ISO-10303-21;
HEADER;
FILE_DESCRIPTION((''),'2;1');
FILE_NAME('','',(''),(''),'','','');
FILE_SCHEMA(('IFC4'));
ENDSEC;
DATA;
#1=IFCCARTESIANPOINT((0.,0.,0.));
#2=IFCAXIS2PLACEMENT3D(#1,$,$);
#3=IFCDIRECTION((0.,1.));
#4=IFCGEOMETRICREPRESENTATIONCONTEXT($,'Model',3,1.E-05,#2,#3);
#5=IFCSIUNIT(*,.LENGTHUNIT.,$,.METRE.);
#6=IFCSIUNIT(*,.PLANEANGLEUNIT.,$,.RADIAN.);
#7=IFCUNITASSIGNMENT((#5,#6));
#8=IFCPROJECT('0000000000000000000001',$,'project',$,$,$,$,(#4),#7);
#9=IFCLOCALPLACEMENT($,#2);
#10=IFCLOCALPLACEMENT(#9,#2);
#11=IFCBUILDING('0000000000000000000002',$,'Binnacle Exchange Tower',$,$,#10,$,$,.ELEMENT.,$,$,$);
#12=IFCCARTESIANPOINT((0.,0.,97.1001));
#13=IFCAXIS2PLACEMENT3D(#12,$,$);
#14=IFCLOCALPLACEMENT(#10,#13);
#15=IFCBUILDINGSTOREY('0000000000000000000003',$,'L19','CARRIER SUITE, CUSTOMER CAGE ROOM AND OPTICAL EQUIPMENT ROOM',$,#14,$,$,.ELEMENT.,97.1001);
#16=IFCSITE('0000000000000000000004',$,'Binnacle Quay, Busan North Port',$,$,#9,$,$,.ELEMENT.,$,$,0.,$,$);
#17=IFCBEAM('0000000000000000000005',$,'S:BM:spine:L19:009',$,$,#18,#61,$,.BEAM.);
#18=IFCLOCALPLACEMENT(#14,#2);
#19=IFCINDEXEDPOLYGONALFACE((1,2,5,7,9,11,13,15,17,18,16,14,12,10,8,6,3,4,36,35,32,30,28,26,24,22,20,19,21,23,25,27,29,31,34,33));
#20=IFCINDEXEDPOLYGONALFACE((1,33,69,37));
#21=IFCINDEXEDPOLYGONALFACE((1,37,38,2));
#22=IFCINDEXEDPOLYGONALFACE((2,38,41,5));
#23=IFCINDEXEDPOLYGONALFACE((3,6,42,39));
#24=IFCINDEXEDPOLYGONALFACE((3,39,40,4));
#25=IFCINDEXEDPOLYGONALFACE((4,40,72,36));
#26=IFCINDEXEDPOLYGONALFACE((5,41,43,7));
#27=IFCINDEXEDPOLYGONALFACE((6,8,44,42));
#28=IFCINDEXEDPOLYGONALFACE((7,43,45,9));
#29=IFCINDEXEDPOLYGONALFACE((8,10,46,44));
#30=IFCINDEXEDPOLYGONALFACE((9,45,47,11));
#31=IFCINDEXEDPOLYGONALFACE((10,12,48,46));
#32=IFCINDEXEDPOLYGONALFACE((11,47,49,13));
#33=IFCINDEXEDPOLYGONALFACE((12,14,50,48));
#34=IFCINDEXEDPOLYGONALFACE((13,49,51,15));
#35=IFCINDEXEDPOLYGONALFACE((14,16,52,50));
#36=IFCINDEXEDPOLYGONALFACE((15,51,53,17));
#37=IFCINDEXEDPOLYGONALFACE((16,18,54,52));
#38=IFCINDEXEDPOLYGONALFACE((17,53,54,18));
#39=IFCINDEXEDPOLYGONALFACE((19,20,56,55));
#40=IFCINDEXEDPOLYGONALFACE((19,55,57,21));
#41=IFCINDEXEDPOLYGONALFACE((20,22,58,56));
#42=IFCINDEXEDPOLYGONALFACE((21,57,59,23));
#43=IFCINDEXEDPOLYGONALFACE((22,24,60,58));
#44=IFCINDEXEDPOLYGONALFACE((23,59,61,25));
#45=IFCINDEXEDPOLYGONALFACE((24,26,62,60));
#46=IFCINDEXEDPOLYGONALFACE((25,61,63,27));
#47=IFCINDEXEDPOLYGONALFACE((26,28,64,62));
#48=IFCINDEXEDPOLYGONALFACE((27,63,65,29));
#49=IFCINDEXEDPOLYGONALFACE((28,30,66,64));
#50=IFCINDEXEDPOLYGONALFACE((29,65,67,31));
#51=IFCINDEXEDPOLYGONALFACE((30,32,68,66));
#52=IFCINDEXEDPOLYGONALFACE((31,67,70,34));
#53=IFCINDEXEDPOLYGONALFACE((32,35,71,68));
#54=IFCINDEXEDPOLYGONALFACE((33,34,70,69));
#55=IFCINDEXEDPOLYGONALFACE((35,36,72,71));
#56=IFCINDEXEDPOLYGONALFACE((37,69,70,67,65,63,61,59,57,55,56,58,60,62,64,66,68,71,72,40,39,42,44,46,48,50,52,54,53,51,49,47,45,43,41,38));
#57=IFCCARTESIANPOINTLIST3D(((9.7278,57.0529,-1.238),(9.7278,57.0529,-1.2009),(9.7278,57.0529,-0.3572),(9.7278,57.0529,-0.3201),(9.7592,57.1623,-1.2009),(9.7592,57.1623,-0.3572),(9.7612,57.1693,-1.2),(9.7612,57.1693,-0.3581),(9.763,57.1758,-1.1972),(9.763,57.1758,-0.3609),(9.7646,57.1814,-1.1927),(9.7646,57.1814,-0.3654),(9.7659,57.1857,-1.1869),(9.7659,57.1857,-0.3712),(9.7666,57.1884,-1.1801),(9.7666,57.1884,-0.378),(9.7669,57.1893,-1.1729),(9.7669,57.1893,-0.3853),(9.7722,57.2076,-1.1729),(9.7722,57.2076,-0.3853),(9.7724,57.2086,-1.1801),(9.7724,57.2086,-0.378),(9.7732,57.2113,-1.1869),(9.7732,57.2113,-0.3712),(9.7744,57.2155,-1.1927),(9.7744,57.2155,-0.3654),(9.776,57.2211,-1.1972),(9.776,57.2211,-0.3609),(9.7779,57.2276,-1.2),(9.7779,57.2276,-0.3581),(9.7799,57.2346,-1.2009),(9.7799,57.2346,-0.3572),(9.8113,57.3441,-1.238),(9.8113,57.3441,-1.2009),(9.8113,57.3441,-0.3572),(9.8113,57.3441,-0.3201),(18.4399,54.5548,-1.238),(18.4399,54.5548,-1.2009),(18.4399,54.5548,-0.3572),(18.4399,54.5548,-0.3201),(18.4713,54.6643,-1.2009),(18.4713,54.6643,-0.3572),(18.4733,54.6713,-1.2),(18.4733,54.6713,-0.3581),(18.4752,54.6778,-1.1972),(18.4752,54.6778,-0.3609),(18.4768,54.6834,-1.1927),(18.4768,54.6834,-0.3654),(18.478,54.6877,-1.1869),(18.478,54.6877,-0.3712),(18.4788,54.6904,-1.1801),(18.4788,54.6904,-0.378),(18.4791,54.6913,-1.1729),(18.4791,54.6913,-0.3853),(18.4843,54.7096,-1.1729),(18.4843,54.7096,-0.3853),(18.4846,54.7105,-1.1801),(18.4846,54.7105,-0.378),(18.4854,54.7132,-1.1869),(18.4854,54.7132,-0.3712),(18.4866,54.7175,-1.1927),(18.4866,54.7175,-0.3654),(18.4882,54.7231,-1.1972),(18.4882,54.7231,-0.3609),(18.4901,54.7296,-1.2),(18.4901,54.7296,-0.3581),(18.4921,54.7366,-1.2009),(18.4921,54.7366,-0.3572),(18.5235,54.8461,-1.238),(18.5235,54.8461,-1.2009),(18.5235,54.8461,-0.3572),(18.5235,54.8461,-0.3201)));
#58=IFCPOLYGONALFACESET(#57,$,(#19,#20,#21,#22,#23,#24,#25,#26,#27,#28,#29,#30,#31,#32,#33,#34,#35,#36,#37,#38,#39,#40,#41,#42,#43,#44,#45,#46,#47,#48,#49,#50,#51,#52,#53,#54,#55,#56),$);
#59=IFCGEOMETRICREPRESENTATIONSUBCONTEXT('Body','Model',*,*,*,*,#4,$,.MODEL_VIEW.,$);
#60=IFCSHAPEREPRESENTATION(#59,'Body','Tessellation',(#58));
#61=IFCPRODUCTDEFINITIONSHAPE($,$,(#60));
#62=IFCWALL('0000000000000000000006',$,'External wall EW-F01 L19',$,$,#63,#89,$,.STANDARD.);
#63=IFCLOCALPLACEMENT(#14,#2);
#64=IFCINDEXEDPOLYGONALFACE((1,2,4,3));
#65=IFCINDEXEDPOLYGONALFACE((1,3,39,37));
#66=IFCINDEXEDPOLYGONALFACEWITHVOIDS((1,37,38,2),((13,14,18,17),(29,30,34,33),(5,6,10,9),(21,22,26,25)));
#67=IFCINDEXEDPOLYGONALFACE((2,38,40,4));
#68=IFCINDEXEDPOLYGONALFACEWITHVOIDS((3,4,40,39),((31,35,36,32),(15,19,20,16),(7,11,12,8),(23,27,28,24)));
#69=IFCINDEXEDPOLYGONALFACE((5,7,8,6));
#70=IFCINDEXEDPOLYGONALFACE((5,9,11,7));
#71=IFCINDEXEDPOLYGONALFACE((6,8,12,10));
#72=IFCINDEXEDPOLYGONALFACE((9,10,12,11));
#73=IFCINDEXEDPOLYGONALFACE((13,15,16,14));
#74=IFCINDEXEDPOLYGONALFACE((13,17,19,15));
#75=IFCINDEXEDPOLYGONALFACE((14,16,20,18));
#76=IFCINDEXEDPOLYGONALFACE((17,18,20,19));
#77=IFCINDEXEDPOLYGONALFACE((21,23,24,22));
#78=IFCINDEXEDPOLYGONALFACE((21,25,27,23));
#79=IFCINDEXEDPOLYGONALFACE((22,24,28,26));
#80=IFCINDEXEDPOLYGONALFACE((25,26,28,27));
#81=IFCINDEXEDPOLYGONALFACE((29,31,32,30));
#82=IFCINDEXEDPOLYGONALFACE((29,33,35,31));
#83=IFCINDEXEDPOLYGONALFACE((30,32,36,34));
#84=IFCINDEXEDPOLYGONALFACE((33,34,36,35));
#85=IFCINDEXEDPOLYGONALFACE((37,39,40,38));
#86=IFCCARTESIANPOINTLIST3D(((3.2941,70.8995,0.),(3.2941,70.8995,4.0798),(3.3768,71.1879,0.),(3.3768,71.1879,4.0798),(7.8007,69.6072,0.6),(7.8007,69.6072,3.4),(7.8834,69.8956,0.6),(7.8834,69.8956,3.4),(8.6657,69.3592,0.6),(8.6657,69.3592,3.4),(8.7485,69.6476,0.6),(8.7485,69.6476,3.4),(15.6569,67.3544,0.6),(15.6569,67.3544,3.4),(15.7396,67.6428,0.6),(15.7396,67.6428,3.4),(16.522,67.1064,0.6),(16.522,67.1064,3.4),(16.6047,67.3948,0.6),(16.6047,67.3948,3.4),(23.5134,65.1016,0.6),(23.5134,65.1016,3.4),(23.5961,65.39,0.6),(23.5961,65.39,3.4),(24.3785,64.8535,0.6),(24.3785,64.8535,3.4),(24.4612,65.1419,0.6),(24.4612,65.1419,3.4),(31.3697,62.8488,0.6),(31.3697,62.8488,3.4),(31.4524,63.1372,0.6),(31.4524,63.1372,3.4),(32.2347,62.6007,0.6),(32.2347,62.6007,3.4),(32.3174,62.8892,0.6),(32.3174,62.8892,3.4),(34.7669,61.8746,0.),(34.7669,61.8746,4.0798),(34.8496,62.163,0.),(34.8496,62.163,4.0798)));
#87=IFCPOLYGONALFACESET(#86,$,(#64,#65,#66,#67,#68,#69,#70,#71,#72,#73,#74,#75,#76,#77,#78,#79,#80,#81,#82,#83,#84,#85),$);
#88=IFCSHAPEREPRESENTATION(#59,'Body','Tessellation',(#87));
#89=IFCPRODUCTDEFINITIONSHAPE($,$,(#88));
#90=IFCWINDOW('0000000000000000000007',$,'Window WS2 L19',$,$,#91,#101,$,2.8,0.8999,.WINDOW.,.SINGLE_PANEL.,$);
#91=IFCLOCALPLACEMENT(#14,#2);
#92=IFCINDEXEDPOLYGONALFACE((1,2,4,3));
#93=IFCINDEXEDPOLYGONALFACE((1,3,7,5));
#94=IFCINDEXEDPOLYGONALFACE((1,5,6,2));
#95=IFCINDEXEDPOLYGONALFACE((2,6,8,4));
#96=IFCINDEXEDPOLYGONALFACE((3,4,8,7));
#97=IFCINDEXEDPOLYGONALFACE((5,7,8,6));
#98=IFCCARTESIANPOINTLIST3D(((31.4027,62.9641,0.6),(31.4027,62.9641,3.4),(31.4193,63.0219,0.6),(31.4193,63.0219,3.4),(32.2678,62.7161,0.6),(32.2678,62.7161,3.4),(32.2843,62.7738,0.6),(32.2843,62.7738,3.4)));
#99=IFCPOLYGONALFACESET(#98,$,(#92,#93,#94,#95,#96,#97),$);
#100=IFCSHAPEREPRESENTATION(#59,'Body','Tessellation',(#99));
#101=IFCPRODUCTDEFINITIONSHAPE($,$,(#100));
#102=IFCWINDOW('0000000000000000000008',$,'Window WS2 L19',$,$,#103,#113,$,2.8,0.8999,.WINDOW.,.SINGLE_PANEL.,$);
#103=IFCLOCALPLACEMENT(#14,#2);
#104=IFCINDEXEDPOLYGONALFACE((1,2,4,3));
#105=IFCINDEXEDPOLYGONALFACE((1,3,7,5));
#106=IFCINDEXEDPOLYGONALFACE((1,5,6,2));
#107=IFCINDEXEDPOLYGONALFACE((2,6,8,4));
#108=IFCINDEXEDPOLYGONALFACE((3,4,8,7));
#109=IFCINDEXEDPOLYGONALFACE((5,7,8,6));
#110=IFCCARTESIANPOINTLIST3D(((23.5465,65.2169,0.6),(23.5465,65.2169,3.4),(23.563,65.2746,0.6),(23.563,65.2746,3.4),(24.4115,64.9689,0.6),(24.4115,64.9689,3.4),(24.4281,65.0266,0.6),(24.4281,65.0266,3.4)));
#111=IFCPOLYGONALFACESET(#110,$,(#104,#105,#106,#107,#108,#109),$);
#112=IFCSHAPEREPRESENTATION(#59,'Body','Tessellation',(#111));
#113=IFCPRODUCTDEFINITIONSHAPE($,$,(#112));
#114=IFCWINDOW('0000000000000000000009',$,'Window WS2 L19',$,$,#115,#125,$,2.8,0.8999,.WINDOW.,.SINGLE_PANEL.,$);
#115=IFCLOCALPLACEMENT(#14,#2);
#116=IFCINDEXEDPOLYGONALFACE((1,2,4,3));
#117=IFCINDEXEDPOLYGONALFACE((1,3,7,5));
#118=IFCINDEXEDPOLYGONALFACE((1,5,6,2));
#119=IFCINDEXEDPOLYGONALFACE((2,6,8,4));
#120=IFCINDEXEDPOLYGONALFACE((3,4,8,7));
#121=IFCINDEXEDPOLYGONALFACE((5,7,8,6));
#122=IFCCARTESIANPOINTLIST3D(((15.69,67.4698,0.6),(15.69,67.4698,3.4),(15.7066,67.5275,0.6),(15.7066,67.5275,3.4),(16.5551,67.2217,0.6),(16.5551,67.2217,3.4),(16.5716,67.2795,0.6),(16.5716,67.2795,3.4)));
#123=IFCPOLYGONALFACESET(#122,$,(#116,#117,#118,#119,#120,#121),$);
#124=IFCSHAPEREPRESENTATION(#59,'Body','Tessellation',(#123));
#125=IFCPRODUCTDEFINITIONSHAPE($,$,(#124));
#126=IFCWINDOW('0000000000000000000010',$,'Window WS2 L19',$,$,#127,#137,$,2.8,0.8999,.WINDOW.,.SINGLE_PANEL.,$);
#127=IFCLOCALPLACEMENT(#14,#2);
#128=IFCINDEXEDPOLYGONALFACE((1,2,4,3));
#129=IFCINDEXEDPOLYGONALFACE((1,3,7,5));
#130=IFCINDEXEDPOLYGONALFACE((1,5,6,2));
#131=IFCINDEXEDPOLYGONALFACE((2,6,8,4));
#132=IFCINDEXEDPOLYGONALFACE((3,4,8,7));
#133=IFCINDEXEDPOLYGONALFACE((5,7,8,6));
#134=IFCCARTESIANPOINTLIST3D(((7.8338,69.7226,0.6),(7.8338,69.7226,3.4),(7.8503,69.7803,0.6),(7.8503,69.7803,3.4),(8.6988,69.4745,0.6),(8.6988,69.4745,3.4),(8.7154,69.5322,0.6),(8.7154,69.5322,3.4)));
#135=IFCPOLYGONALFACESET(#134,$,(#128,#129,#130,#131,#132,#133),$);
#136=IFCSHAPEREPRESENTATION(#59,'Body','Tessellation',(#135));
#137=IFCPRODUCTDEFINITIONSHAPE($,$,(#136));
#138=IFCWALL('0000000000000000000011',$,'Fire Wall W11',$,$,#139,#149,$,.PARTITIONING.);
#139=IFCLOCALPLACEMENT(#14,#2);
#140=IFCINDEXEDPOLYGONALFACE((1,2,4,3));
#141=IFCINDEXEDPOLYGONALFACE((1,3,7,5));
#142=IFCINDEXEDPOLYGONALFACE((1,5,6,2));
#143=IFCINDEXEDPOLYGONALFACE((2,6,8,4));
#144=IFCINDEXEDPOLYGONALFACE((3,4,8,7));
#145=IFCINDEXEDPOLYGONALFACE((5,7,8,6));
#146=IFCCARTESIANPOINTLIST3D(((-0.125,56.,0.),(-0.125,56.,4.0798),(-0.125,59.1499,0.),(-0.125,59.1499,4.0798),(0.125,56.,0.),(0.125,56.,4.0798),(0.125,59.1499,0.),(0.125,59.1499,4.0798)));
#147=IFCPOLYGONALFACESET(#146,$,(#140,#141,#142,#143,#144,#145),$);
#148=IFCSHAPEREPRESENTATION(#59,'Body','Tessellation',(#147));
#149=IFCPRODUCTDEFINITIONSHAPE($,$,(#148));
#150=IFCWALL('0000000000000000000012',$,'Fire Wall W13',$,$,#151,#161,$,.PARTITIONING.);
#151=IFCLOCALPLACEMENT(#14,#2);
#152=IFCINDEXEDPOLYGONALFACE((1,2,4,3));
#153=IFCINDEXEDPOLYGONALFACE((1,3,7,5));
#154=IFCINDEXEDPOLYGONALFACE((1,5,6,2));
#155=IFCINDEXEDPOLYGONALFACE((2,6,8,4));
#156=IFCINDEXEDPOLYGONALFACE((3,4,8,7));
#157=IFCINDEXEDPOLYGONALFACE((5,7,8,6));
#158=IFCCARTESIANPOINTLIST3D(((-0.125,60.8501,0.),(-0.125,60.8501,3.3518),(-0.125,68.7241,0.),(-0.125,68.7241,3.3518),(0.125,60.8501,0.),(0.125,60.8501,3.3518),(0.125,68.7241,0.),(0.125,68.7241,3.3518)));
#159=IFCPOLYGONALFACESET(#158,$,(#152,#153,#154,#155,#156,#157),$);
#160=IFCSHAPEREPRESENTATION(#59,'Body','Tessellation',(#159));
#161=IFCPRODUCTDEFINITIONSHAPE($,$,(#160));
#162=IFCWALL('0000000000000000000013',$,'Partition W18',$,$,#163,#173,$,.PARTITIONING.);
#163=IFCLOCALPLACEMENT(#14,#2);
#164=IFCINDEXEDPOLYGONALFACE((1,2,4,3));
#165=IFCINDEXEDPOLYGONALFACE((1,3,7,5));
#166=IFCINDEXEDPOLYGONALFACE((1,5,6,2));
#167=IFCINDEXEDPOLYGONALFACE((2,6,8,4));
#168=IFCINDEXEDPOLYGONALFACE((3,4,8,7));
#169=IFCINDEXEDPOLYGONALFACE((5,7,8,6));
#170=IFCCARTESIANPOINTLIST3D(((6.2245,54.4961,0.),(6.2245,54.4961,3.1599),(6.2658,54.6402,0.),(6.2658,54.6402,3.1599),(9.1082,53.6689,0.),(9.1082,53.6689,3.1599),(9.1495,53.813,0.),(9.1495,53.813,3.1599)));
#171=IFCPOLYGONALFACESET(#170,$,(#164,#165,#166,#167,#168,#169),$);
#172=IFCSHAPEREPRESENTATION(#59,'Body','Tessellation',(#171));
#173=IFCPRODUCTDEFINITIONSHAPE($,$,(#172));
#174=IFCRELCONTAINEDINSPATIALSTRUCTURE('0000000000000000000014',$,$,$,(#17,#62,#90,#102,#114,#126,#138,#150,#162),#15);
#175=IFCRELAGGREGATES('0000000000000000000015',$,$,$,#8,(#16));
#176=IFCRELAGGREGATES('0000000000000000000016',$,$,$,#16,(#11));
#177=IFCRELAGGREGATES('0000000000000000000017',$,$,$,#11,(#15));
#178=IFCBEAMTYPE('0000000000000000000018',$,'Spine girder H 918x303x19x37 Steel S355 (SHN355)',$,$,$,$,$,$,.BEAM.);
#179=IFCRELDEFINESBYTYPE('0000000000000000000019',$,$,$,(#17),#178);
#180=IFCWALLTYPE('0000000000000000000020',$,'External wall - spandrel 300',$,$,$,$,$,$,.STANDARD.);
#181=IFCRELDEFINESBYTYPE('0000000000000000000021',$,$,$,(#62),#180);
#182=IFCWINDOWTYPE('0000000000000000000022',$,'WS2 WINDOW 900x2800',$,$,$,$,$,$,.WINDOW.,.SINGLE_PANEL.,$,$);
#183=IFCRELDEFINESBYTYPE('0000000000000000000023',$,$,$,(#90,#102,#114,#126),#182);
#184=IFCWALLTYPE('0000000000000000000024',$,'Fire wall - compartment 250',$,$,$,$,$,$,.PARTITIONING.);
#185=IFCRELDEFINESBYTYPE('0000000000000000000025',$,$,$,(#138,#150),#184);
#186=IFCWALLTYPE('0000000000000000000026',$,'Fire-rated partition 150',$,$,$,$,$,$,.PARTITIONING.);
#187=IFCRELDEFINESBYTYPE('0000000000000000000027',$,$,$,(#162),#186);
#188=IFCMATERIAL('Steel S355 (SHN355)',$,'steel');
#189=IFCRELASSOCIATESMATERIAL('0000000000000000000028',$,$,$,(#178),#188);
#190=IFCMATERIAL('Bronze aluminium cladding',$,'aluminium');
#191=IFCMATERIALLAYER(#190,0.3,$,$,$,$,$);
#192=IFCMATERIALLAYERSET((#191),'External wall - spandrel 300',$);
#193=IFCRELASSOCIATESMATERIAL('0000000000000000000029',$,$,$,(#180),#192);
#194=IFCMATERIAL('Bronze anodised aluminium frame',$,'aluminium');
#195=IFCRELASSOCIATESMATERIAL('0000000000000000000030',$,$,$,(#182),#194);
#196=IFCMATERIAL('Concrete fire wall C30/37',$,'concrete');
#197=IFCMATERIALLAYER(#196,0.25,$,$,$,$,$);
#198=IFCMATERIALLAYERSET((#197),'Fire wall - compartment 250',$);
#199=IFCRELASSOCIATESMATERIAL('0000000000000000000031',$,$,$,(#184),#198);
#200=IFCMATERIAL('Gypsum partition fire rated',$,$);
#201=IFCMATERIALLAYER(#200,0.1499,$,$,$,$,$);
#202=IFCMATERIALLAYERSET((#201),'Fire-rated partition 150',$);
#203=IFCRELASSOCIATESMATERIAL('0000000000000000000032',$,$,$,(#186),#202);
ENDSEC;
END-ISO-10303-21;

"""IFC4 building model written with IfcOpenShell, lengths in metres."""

from ifc_helpers import new_model, si_unit, direction, frame, frame_2d, origin, origin_2d, place, context, subcontext, project, spatial, rectangle, i_section, extrude, material, layer, layer_set, material_profile, profile_set, type_object, element, fill, save


model = new_model("IFC4")

# Units and contexts
model_context = context("Model", 3, precision=1e-05, world=origin(), true_north=direction((0.0, 1.0)))
body_context = subcontext(model_context, "Body", "Model", "MODEL_VIEW")
ifc_project = project(units=[si_unit("LENGTHUNIT", "METRE"), si_unit("PLANEANGLEUNIT", "RADIAN")], contexts=[model_context])

# Site, building, storey
site_placement = place(None, origin())
site = spatial("IfcSite", under=ifc_project, at=site_placement, Name="Binnacle Quay, Busan North Port", CompositionType="ELEMENT", RefElevation=0.0)
building_placement = place(site_placement, origin())
building = spatial("IfcBuilding", under=site, at=building_placement, Name="Binnacle Exchange Tower", CompositionType="ELEMENT")
storey_placement = place(building_placement, frame((0.0, 0.0, 97.1001)))
storey = spatial("IfcBuildingStorey", under=building, at=storey_placement, Name="L19", Description="CARRIER SUITE, CUSTOMER CAGE ROOM AND OPTICAL EQUIPMENT ROOM", CompositionType="ELEMENT", Elevation=97.1001)

# Beam
ifc_material_1 = material(Name="Steel S355 (SHN355)", Category="steel")
ifc_material_profile_1 = material_profile(ifc_material_1, i_section(OverallWidth=0.303, OverallDepth=0.918, WebThickness=0.019, FlangeThickness=0.0371, FilletRadius=0.0281, at=origin_2d()), Name="H 918x303x19x37")
ifc_profile_set_1 = profile_set([ifc_material_profile_1], Name="Steel S355 (SHN355)")
beam_type_1 = type_object("IfcBeamType", Name="Spine girder H 918x303x19x37 Steel S355 (SHN355)", PredefinedType="BEAM", material=ifc_profile_set_1)
beam_1_placement = place(storey_placement, frame((9.7695, 57.1985, -0.7791), z_axis=(0.961265, -0.275625, 0.0), x_axis=(0.275625, 0.961265, 0.0)))
element("IfcBeam", 1, at=beam_1_placement, inside=storey, type_object=beam_type_1, Name="S:BM:spine:L19:009", PredefinedType="BEAM", context=body_context, shape_type="SweptSolid", body=[
    extrude(i_section(OverallWidth=0.303, OverallDepth=0.918, WebThickness=0.019, FlangeThickness=0.0371, FilletRadius=0.0281, at=origin_2d()), origin(), (0.0, 0.0, 1.0), 9.0632),
])

# Wall, openings, windows
ifc_material_2 = material(Name="Bronze aluminium cladding", Category="aluminium")
ifc_layer_1 = layer(ifc_material_2, 0.3)
ifc_layer_set_1 = layer_set([ifc_layer_1], Name="External wall - spandrel 300")
wall_type_1 = type_object("IfcWallType", Name="External wall - spandrel 300", PredefinedType="STANDARD", material=ifc_layer_set_1)
wall_1_placement = place(storey_placement, frame((3.3354, 71.0437, 0.0), z_axis=(0.0, 0.0, 1.0), x_axis=(0.96126, -0.275643, 0.0)))
wall_1 = element("IfcWall", 2, at=wall_1_placement, inside=storey, type_object=wall_type_1, Name="External wall EW-F01 L19", PredefinedType="STANDARD", context=body_context, shape_type="SweptSolid", body=[
    extrude(rectangle(XDim=32.7412, YDim=0.3, at=frame_2d((16.3706, 0.0))), origin(), (0.0, 0.0, 1.0), 4.0798),
])
opening_1_placement = place(wall_1_placement, frame((29.207, 0.0, 0.6001)))
opening_1 = element("IfcOpeningElement", 3, at=opening_1_placement, cuts=wall_1, PredefinedType="OPENING", context=body_context, shape_type="SweptSolid", body=[
    extrude(rectangle(XDim=0.8999, YDim=2.8, at=frame_2d((0.45, 1.3999))), frame((0.0, 0.1599, 0.0), z_axis=(0.0, -1.0, 0.0), x_axis=(1.0, 0.0, 0.0)), (0.0, 0.0, 1.0), 0.3201),
])
opening_2_placement = place(wall_1_placement, frame((21.0342, 0.0, 0.6001)))
opening_2 = element("IfcOpeningElement", 4, at=opening_2_placement, cuts=wall_1, PredefinedType="OPENING", context=body_context, shape_type="SweptSolid", body=[
    extrude(rectangle(XDim=0.8999, YDim=2.8, at=frame_2d((0.45, 1.3999))), frame((0.0, 0.1599, 0.0), z_axis=(0.0, -1.0, 0.0), x_axis=(1.0, 0.0, 0.0)), (0.0, 0.0, 1.0), 0.3201),
])
opening_3_placement = place(wall_1_placement, frame((12.8611, 0.0, 0.6001)))
opening_3 = element("IfcOpeningElement", 5, at=opening_3_placement, cuts=wall_1, PredefinedType="OPENING", context=body_context, shape_type="SweptSolid", body=[
    extrude(rectangle(XDim=0.8999, YDim=2.8, at=frame_2d((0.45, 1.3999))), frame((0.0, 0.1599, 0.0), z_axis=(0.0, -1.0, 0.0), x_axis=(1.0, 0.0, 0.0)), (0.0, 0.0, 1.0), 0.3201),
])
opening_4_placement = place(wall_1_placement, frame((4.6882, 0.0, 0.6001)))
opening_4 = element("IfcOpeningElement", 6, at=opening_4_placement, cuts=wall_1, PredefinedType="OPENING", context=body_context, shape_type="SweptSolid", body=[
    extrude(rectangle(XDim=0.8999, YDim=2.8, at=frame_2d((0.45, 1.3999))), frame((0.0, 0.1599, 0.0), z_axis=(0.0, -1.0, 0.0), x_axis=(1.0, 0.0, 0.0)), (0.0, 0.0, 1.0), 0.3201),
])
ifc_material_3 = material(Name="Bronze anodised aluminium frame", Category="aluminium")
window_type = type_object("IfcWindowType", Name="WS2 WINDOW 900x2800", PartitioningType="SINGLE_PANEL", PredefinedType="WINDOW", material=ifc_material_3)
window_1_placement = place(opening_1_placement, origin())
window_1 = element("IfcWindow", 7, at=window_1_placement, inside=storey, type_object=window_type, Name="Window WS2 L19", OverallHeight=2.8, OverallWidth=0.8999, PartitioningType="SINGLE_PANEL", PredefinedType="WINDOW", context=body_context, shape_type="SweptSolid", body=[
    extrude(rectangle(XDim=0.8999, YDim=2.8, at=frame_2d((0.45, 1.3999))), frame((0.0, 0.03, 0.0), z_axis=(0.0, -1.0, 0.0), x_axis=(1.0, 0.0, 0.0)), (0.0, 0.0, 1.0), 0.0601),
])
fill(opening_1, window_1)
window_2_placement = place(opening_2_placement, origin())
window_2 = element("IfcWindow", 8, at=window_2_placement, inside=storey, type_object=window_type, Name="Window WS2 L19", OverallHeight=2.8, OverallWidth=0.8999, PartitioningType="SINGLE_PANEL", PredefinedType="WINDOW", context=body_context, shape_type="SweptSolid", body=[
    extrude(rectangle(XDim=0.8999, YDim=2.8, at=frame_2d((0.45, 1.3999))), frame((0.0, 0.03, 0.0), z_axis=(0.0, -1.0, 0.0), x_axis=(1.0, 0.0, 0.0)), (0.0, 0.0, 1.0), 0.0601),
])
fill(opening_2, window_2)
window_3_placement = place(opening_3_placement, origin())
window_3 = element("IfcWindow", 9, at=window_3_placement, inside=storey, type_object=window_type, Name="Window WS2 L19", OverallHeight=2.8, OverallWidth=0.8999, PartitioningType="SINGLE_PANEL", PredefinedType="WINDOW", context=body_context, shape_type="SweptSolid", body=[
    extrude(rectangle(XDim=0.8999, YDim=2.8, at=frame_2d((0.45, 1.3999))), frame((0.0, 0.03, 0.0), z_axis=(0.0, -1.0, 0.0), x_axis=(1.0, 0.0, 0.0)), (0.0, 0.0, 1.0), 0.0601),
])
fill(opening_3, window_3)
window_4_placement = place(opening_4_placement, origin())
window_4 = element("IfcWindow", 10, at=window_4_placement, inside=storey, type_object=window_type, Name="Window WS2 L19", OverallHeight=2.8, OverallWidth=0.8999, PartitioningType="SINGLE_PANEL", PredefinedType="WINDOW", context=body_context, shape_type="SweptSolid", body=[
    extrude(rectangle(XDim=0.8999, YDim=2.8, at=frame_2d((0.45, 1.3999))), frame((0.0, 0.03, 0.0), z_axis=(0.0, -1.0, 0.0), x_axis=(1.0, 0.0, 0.0)), (0.0, 0.0, 1.0), 0.0601),
])
fill(opening_4, window_4)

# Walls
ifc_material_4 = material(Name="Concrete fire wall C30/37", Category="concrete")
ifc_layer_2 = layer(ifc_material_4, 0.25)
ifc_layer_set_2 = layer_set([ifc_layer_2], Name="Fire wall - compartment 250")
wall_type_2 = type_object("IfcWallType", Name="Fire wall - compartment 250", PredefinedType="PARTITIONING", material=ifc_layer_set_2)
wall_2_placement = place(storey_placement, frame((0.0, 56.0, 0.0), z_axis=(0.0, 0.0, 1.0), x_axis=(0.0, 1.0, 0.0)))
element("IfcWall", 11, at=wall_2_placement, inside=storey, type_object=wall_type_2, Name="Fire Wall W11", PredefinedType="PARTITIONING", context=body_context, shape_type="SweptSolid", body=[
    extrude(rectangle(XDim=3.1499, YDim=0.25, at=frame_2d((1.575, 0.0))), origin(), (0.0, 0.0, 1.0), 4.0798),
])
wall_3_placement = place(storey_placement, frame((0.0, 60.8501, 0.0), z_axis=(0.0, 0.0, 1.0), x_axis=(0.0, 1.0, 0.0)))
element("IfcWall", 12, at=wall_3_placement, inside=storey, type_object=wall_type_2, Name="Fire Wall W13", PredefinedType="PARTITIONING", context=body_context, shape_type="SweptSolid", body=[
    extrude(rectangle(XDim=7.874, YDim=0.25, at=frame_2d((3.937, 0.0))), origin(), (0.0, 0.0, 1.0), 3.3518),
])
ifc_material_5 = material(Name="Gypsum partition fire rated")
ifc_layer_3 = layer(ifc_material_5, 0.1499)
ifc_layer_set_3 = layer_set([ifc_layer_3], Name="Fire-rated partition 150")
wall_type_3 = type_object("IfcWallType", Name="Fire-rated partition 150", PredefinedType="PARTITIONING", material=ifc_layer_set_3)
wall_4_placement = place(storey_placement, frame((6.2451, 54.5681, 0.0), z_axis=(0.0, 0.0, 1.0), x_axis=(0.961241, -0.27571, 0.0)))
element("IfcWall", 13, at=wall_4_placement, inside=storey, type_object=wall_type_3, Name="Partition W18", PredefinedType="PARTITIONING", context=body_context, shape_type="SweptSolid", body=[
    extrude(rectangle(XDim=3.0, YDim=0.1499, at=frame_2d((1.5, 0.0))), origin(), (0.0, 0.0, 1.0), 3.1599),
])

save(model, "model.ifc")
